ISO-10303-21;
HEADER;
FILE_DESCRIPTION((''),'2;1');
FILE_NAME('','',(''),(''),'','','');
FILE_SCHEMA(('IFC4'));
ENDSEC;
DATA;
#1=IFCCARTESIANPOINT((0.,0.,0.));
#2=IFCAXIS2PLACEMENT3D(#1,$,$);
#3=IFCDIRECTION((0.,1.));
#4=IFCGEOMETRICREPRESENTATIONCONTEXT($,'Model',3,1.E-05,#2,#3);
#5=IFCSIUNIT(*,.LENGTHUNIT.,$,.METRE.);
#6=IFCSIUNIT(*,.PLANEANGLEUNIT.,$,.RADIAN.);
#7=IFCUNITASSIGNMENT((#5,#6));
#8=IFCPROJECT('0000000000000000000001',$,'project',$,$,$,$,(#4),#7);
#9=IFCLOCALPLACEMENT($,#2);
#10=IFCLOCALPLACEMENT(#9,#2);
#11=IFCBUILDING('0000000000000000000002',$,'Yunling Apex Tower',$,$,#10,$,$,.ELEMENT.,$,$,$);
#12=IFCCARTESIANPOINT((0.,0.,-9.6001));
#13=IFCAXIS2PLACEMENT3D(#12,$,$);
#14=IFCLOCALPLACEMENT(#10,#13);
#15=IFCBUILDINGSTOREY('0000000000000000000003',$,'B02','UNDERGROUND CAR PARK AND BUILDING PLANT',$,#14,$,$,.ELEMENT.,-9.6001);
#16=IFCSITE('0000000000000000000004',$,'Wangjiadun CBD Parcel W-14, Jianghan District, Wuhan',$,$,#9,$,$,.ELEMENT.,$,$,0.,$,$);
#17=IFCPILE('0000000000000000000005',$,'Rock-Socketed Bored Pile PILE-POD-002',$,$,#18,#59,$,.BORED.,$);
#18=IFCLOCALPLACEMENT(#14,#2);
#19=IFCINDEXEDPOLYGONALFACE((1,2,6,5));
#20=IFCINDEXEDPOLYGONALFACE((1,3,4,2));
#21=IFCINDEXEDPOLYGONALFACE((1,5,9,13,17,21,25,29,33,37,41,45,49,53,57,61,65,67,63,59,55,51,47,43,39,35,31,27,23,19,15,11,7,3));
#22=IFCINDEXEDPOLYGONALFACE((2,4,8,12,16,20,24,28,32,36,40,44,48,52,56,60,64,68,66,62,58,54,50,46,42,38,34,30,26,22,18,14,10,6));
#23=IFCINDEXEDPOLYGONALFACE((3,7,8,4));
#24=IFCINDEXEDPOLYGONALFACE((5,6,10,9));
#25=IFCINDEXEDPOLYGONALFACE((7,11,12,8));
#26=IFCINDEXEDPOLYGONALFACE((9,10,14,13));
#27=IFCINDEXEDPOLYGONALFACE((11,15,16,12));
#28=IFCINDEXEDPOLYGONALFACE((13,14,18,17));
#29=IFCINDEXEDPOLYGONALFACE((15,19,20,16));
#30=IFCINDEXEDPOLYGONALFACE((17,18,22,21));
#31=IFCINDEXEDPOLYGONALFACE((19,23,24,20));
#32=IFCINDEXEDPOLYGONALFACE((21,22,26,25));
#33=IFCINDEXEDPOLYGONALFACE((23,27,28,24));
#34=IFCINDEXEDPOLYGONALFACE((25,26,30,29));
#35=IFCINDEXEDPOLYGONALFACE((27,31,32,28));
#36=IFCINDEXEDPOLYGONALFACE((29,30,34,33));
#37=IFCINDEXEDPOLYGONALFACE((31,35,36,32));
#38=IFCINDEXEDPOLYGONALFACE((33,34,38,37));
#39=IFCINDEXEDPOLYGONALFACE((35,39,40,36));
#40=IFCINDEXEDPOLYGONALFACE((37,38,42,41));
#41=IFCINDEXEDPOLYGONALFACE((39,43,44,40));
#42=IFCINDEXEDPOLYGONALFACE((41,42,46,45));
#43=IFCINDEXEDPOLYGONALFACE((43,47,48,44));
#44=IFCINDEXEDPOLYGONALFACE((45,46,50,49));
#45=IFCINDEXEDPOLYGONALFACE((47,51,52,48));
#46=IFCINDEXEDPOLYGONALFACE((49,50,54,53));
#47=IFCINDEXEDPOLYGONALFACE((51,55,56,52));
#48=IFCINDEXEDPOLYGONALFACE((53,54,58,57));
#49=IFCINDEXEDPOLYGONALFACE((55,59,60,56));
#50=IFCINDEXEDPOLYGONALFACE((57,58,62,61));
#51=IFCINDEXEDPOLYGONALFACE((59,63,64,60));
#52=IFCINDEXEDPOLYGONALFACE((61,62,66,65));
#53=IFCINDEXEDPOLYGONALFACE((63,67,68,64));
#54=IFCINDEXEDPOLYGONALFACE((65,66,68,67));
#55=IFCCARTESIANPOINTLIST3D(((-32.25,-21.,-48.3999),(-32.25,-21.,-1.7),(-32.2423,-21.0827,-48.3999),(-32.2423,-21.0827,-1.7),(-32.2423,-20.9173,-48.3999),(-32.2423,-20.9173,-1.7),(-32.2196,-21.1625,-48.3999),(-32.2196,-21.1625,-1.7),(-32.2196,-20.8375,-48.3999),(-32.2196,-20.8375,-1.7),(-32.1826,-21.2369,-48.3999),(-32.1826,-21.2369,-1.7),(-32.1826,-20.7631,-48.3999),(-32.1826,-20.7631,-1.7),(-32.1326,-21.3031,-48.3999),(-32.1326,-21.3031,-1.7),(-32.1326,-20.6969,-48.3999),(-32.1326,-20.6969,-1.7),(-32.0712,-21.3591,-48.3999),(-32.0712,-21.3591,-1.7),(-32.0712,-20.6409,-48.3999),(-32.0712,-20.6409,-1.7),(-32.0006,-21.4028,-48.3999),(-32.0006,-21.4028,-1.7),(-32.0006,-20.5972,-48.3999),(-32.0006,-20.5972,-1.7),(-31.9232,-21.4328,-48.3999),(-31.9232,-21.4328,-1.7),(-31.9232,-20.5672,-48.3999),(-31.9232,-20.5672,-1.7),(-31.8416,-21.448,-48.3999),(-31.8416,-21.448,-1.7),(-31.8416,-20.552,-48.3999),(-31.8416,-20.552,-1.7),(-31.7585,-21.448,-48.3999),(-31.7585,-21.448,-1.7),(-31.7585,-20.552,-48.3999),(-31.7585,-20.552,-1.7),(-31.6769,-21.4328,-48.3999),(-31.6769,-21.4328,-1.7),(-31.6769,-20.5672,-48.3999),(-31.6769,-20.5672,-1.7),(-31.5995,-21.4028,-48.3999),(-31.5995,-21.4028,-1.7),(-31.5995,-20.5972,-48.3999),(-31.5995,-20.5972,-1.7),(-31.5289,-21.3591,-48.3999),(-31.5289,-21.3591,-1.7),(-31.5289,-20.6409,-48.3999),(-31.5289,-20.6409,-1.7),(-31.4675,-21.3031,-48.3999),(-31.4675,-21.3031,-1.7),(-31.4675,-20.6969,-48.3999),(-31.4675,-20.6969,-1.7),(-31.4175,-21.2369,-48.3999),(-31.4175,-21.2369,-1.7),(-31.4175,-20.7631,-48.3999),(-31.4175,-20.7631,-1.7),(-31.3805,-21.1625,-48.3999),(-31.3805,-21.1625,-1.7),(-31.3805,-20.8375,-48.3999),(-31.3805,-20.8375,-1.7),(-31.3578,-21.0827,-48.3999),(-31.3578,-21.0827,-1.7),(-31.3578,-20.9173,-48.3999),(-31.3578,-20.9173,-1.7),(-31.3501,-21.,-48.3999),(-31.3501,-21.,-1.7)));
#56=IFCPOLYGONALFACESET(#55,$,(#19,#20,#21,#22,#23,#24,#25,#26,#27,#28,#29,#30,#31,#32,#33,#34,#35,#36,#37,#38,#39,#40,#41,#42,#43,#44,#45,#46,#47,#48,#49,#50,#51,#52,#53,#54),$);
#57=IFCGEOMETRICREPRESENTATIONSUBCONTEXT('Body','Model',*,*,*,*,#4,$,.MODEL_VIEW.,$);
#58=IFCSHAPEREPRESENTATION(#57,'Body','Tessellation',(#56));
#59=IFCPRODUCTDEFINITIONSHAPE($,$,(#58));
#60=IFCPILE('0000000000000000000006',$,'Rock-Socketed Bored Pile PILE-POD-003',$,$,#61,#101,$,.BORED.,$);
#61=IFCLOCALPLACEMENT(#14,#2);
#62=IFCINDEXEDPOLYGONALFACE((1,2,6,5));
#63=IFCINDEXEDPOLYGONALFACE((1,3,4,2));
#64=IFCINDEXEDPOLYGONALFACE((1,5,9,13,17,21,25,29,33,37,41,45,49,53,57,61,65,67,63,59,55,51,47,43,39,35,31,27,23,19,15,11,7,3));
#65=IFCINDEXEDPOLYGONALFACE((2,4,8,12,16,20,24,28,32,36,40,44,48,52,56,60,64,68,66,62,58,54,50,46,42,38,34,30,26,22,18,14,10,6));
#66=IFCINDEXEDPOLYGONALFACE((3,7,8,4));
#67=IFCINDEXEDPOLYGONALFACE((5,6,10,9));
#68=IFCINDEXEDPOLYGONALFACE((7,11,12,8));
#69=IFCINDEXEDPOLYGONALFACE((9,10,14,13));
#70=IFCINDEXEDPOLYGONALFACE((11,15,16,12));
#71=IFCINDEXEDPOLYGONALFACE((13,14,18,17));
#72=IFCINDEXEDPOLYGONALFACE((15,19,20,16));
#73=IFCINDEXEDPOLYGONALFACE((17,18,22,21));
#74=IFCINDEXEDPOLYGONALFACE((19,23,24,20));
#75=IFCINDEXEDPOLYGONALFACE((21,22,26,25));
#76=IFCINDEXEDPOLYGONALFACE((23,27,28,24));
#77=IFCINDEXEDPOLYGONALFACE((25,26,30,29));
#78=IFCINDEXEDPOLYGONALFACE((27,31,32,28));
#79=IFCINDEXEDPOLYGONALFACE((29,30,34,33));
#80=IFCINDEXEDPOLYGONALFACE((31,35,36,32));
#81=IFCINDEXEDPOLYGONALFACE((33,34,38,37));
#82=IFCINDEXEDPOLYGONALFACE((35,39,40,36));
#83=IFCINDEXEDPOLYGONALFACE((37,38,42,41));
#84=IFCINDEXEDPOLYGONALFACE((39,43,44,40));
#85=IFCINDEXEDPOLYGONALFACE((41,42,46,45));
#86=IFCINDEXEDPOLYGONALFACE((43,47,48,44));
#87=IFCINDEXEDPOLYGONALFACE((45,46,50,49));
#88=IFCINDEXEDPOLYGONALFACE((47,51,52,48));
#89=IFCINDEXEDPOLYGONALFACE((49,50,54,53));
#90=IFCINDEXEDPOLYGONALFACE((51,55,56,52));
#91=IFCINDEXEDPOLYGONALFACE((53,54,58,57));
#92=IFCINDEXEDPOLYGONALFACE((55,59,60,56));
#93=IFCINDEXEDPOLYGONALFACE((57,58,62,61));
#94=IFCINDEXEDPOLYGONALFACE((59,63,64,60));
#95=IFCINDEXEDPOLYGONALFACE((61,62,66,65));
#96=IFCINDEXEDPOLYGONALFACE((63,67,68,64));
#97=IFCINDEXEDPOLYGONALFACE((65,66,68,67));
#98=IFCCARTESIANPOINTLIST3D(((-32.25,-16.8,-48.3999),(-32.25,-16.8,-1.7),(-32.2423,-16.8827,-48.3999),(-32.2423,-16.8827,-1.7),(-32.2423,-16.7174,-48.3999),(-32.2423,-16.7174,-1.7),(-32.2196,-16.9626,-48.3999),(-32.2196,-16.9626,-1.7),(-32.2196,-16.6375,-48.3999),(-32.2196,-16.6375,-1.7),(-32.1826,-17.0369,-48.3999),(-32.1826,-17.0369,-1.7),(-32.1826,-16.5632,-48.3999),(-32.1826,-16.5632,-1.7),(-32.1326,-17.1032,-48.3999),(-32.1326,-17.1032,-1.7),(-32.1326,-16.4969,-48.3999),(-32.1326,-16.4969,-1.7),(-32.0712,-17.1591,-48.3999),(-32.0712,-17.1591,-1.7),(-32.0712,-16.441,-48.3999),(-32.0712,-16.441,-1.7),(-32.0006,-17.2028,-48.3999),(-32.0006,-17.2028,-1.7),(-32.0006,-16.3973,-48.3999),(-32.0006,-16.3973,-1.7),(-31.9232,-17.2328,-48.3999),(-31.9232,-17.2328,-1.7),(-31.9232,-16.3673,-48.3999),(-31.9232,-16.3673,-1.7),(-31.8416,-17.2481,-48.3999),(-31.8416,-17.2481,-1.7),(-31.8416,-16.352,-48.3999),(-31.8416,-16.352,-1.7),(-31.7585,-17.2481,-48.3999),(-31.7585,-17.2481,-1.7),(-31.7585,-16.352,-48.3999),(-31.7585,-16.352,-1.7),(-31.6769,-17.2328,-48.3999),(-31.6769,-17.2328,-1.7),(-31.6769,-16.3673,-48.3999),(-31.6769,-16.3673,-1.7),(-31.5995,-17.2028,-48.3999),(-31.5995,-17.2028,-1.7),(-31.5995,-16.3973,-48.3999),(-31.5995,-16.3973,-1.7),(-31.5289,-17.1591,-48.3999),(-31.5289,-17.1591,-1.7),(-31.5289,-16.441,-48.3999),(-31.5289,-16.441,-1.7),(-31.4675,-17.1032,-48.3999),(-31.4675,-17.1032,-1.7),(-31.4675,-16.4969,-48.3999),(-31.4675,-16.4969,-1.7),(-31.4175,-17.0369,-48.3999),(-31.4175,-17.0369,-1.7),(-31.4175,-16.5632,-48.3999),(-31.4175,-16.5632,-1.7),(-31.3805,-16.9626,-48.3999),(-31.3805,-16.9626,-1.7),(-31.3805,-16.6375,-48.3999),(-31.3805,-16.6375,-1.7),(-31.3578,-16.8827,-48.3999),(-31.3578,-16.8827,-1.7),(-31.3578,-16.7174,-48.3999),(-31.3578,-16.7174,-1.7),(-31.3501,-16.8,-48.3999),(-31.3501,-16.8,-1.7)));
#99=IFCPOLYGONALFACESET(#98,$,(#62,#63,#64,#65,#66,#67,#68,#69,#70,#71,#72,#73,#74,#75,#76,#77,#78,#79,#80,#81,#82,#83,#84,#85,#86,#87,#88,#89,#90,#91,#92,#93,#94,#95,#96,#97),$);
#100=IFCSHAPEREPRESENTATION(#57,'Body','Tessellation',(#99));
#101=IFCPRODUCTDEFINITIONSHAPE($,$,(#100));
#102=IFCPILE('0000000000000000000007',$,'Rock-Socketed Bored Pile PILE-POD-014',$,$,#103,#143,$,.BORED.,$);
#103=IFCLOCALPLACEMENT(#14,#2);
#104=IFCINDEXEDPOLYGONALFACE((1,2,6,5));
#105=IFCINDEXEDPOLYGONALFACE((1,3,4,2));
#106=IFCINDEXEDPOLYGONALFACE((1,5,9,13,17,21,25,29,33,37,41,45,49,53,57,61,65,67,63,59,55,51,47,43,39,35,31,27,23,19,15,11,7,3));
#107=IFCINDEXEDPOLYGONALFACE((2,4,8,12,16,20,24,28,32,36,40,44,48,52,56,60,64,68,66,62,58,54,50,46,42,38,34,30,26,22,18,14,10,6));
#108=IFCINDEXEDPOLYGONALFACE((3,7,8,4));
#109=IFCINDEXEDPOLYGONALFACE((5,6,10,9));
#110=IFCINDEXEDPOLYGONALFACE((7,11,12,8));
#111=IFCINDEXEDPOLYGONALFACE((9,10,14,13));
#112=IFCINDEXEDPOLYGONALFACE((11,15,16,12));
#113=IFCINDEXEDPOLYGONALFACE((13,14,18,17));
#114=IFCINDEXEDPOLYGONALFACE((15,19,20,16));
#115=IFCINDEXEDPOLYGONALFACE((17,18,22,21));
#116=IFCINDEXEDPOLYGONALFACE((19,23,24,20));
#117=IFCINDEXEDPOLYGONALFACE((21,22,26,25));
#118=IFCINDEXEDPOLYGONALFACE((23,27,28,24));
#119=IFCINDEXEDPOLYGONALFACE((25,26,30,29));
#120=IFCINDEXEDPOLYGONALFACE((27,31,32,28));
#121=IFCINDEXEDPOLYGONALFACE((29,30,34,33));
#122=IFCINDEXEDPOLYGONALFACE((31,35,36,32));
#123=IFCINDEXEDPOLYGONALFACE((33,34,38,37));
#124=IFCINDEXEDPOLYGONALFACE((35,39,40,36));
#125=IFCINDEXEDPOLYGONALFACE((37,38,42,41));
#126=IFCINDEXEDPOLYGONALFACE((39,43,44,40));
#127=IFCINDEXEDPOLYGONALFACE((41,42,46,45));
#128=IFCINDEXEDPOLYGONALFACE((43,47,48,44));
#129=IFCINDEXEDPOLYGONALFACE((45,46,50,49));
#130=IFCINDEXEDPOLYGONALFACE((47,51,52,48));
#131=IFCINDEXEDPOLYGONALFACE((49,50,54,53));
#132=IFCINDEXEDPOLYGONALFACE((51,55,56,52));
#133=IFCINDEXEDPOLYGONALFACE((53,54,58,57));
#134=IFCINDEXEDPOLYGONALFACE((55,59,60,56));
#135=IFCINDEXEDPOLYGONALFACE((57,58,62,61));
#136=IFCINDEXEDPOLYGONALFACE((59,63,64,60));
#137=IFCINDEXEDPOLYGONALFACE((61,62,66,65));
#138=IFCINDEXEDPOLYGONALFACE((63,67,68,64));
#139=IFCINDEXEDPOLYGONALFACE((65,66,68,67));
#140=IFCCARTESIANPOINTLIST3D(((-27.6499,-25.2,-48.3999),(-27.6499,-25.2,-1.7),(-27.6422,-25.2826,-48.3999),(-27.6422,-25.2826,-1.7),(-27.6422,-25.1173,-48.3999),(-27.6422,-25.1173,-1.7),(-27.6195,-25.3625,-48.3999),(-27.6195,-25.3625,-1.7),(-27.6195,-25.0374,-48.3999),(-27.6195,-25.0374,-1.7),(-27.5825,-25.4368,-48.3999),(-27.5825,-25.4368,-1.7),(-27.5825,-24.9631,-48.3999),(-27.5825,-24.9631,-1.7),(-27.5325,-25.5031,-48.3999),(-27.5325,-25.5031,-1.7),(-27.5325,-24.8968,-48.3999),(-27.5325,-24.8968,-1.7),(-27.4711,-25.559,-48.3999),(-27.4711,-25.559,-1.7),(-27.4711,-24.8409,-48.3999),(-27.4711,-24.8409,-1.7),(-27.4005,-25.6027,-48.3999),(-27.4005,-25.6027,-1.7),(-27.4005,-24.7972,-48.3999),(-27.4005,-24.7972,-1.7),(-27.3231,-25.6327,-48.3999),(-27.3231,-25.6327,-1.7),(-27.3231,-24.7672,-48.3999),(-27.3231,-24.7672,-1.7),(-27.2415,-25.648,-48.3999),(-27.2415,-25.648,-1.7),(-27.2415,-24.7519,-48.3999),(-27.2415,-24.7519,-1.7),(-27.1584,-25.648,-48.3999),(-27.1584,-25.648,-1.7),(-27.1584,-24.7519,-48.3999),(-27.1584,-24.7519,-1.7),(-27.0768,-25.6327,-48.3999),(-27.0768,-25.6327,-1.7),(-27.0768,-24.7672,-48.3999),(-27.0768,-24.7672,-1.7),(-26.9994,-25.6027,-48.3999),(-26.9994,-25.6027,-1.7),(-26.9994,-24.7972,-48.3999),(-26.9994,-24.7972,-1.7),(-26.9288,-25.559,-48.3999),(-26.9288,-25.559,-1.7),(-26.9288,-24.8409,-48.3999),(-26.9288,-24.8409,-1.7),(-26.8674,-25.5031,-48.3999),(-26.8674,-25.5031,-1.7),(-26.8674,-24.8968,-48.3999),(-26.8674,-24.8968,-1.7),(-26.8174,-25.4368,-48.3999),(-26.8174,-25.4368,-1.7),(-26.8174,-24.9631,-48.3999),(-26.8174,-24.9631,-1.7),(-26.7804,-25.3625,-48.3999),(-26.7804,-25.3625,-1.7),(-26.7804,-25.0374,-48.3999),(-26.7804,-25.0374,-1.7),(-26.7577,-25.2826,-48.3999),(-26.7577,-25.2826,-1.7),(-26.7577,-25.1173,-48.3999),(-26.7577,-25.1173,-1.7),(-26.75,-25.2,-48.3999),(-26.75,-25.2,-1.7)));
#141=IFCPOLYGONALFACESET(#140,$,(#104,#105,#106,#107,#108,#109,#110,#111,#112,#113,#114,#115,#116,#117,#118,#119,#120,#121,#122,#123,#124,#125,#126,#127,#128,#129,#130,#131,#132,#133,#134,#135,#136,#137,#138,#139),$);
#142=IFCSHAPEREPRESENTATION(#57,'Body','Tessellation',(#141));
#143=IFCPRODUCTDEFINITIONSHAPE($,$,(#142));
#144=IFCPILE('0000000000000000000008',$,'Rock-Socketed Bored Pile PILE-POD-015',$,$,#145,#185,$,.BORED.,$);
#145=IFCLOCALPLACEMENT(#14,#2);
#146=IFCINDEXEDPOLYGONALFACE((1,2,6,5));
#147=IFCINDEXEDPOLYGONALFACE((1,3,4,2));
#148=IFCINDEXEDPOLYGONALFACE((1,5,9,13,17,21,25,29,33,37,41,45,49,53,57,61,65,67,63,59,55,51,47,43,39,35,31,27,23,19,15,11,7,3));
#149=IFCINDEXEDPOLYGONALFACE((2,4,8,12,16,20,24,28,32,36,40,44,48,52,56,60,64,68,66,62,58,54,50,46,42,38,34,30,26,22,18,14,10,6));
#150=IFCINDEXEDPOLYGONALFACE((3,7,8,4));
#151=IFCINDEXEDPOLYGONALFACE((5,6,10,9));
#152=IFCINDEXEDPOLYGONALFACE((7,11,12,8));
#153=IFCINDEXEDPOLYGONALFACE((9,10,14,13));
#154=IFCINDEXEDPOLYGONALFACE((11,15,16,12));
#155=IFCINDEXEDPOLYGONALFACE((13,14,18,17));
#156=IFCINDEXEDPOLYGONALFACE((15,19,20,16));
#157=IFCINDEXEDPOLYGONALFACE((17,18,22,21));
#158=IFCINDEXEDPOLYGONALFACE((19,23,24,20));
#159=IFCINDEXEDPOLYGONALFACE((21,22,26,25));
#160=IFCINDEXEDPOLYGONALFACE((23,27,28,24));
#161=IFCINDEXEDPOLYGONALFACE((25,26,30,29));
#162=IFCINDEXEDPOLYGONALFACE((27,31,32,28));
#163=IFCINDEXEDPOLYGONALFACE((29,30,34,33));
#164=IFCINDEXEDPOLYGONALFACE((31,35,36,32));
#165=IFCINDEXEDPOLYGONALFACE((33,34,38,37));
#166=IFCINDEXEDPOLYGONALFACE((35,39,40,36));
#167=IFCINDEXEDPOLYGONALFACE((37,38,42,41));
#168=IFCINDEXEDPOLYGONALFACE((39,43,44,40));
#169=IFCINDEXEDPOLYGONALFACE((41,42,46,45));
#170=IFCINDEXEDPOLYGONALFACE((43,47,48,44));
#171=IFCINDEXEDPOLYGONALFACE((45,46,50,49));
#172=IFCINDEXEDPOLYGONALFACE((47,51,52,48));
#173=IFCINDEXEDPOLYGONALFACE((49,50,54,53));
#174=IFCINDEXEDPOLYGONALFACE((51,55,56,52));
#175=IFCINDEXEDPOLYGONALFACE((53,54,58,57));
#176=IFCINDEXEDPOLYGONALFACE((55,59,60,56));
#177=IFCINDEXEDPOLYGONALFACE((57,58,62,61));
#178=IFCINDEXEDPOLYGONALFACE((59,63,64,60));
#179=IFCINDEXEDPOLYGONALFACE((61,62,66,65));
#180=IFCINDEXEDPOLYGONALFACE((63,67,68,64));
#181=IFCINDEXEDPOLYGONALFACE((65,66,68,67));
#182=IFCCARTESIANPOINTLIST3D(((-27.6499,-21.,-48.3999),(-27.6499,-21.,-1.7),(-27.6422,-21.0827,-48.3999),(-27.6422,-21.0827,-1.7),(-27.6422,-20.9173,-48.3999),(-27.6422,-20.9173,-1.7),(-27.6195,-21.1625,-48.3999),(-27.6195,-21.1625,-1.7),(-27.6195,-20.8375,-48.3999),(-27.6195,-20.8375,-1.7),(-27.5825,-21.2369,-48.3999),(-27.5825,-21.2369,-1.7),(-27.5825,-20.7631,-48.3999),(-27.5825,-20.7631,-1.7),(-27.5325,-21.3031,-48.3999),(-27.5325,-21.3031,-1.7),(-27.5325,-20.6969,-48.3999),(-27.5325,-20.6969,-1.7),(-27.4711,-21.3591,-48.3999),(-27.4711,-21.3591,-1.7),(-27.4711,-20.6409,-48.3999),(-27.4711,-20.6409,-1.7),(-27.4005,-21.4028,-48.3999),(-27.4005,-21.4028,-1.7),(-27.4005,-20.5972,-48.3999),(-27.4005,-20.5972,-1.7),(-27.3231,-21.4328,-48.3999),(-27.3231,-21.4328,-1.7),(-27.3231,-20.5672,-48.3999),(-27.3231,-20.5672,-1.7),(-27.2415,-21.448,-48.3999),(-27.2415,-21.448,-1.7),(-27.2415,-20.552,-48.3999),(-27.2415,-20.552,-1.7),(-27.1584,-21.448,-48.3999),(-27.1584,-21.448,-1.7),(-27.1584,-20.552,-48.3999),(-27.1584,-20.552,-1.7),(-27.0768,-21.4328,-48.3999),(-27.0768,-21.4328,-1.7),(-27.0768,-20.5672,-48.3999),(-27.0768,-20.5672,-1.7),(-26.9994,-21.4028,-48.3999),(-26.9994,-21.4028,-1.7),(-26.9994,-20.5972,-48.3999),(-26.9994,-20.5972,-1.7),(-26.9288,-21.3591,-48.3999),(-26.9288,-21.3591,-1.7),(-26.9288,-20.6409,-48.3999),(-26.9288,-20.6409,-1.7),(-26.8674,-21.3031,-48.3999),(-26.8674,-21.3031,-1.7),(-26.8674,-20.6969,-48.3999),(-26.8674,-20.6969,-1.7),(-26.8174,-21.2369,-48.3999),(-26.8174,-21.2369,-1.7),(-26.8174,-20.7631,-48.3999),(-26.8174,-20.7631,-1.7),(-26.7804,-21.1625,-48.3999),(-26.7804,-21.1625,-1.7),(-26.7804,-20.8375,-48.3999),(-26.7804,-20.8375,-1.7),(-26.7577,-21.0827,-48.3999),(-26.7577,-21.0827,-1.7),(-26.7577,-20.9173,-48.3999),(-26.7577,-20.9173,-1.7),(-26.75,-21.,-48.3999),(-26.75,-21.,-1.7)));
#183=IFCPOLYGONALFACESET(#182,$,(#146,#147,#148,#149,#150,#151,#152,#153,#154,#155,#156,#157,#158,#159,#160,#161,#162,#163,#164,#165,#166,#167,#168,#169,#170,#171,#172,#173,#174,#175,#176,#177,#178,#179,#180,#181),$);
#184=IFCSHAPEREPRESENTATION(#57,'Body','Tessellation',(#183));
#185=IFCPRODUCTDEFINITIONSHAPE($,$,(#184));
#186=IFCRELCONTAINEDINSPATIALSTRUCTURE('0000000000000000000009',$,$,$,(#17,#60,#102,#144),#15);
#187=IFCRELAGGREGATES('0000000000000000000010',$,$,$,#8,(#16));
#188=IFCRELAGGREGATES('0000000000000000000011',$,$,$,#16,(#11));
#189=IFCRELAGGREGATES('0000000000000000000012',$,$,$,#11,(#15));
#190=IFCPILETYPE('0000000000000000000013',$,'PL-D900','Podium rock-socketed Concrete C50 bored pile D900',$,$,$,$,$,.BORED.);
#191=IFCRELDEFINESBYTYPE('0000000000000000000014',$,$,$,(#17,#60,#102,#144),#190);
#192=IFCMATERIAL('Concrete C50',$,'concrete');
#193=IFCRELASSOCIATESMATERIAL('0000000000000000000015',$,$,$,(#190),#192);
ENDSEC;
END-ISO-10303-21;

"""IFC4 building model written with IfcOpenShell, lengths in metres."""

from ifc_helpers import new_model, si_unit, direction, frame, origin, origin_2d, place, context, subcontext, project, spatial, circle, extrude, source, transform, mapped, material, material_profile, profile_set, type_object, element, save


model = new_model("IFC4")

# Units and contexts
model_context = context("Model", 3, precision=1e-05, world=origin(), true_north=direction((0.0, 1.0)))
body_context = subcontext(model_context, "Body", "Model", "MODEL_VIEW")
ifc_project = project(units=[si_unit("LENGTHUNIT", "METRE"), si_unit("PLANEANGLEUNIT", "RADIAN")], contexts=[model_context])

# Site, building, storey
site_placement = place(None, origin())
site = spatial("IfcSite", under=ifc_project, at=site_placement, Name="Wangjiadun CBD Parcel W-14, Jianghan District, Wuhan", CompositionType="ELEMENT", RefElevation=0.0)
building_placement = place(site_placement, origin())
building = spatial("IfcBuilding", under=site, at=building_placement, Name="Yunling Apex Tower", CompositionType="ELEMENT")
storey_placement = place(building_placement, frame((0.0, 0.0, -9.6001)))
storey = spatial("IfcBuildingStorey", under=building, at=storey_placement, Name="B02", Description="UNDERGROUND CAR PARK AND BUILDING PLANT", CompositionType="ELEMENT", Elevation=-9.6001)

# Shared definitions
ifc_material_1 = material(Name="Concrete C50", Category="concrete")

# Piles
ifc_material_profile_1 = material_profile(ifc_material_1, circle(Radius=0.45, at=origin_2d()))
ifc_profile_set_1 = profile_set([ifc_material_profile_1], Name="Concrete C50")
pile_type_1 = type_object("IfcPileType", Name="PL-D900", Description="Podium rock-socketed Concrete C50 bored pile D900", PredefinedType="BORED", material=ifc_profile_set_1)
shared_shape_1 = source(origin(), body_context, "Body", "SweptSolid", [
    extrude(circle(Radius=0.45, at=origin_2d()), origin(), (0.0, 0.0, 1.0), 46.7),
])
for number, where, z_axis, x_axis, name in (
    (1, (-31.8, -21.0, -1.7), (0.0, 0.0, -1.0), (1.0, 0.0, 0.0), "Rock-Socketed Bored Pile PILE-POD-002"),
    (2, (-31.8, -16.8, -1.7), (0.0, 0.0, -1.0), (1.0, 0.0, 0.0), "Rock-Socketed Bored Pile PILE-POD-003"),
    (3, (-27.2, -25.2, -1.7), (0.0, 0.0, -1.0), (1.0, 0.0, 0.0), "Rock-Socketed Bored Pile PILE-POD-014"),
    (4, (-27.2, -21.0, -1.7), (0.0, 0.0, -1.0), (1.0, 0.0, 0.0), "Rock-Socketed Bored Pile PILE-POD-015"),
):
    element("IfcPile", number, at=place(storey_placement, frame(where, z_axis=z_axis, x_axis=x_axis)), inside=storey, type_object=pile_type_1, Name=name, PredefinedType="BORED", context=body_context, shape_type="MappedRepresentation", body=[
        mapped(shared_shape_1, transform((0.0, 0.0, 0.0), scale=1.0)),
    ])

save(model, "model.ifc")
